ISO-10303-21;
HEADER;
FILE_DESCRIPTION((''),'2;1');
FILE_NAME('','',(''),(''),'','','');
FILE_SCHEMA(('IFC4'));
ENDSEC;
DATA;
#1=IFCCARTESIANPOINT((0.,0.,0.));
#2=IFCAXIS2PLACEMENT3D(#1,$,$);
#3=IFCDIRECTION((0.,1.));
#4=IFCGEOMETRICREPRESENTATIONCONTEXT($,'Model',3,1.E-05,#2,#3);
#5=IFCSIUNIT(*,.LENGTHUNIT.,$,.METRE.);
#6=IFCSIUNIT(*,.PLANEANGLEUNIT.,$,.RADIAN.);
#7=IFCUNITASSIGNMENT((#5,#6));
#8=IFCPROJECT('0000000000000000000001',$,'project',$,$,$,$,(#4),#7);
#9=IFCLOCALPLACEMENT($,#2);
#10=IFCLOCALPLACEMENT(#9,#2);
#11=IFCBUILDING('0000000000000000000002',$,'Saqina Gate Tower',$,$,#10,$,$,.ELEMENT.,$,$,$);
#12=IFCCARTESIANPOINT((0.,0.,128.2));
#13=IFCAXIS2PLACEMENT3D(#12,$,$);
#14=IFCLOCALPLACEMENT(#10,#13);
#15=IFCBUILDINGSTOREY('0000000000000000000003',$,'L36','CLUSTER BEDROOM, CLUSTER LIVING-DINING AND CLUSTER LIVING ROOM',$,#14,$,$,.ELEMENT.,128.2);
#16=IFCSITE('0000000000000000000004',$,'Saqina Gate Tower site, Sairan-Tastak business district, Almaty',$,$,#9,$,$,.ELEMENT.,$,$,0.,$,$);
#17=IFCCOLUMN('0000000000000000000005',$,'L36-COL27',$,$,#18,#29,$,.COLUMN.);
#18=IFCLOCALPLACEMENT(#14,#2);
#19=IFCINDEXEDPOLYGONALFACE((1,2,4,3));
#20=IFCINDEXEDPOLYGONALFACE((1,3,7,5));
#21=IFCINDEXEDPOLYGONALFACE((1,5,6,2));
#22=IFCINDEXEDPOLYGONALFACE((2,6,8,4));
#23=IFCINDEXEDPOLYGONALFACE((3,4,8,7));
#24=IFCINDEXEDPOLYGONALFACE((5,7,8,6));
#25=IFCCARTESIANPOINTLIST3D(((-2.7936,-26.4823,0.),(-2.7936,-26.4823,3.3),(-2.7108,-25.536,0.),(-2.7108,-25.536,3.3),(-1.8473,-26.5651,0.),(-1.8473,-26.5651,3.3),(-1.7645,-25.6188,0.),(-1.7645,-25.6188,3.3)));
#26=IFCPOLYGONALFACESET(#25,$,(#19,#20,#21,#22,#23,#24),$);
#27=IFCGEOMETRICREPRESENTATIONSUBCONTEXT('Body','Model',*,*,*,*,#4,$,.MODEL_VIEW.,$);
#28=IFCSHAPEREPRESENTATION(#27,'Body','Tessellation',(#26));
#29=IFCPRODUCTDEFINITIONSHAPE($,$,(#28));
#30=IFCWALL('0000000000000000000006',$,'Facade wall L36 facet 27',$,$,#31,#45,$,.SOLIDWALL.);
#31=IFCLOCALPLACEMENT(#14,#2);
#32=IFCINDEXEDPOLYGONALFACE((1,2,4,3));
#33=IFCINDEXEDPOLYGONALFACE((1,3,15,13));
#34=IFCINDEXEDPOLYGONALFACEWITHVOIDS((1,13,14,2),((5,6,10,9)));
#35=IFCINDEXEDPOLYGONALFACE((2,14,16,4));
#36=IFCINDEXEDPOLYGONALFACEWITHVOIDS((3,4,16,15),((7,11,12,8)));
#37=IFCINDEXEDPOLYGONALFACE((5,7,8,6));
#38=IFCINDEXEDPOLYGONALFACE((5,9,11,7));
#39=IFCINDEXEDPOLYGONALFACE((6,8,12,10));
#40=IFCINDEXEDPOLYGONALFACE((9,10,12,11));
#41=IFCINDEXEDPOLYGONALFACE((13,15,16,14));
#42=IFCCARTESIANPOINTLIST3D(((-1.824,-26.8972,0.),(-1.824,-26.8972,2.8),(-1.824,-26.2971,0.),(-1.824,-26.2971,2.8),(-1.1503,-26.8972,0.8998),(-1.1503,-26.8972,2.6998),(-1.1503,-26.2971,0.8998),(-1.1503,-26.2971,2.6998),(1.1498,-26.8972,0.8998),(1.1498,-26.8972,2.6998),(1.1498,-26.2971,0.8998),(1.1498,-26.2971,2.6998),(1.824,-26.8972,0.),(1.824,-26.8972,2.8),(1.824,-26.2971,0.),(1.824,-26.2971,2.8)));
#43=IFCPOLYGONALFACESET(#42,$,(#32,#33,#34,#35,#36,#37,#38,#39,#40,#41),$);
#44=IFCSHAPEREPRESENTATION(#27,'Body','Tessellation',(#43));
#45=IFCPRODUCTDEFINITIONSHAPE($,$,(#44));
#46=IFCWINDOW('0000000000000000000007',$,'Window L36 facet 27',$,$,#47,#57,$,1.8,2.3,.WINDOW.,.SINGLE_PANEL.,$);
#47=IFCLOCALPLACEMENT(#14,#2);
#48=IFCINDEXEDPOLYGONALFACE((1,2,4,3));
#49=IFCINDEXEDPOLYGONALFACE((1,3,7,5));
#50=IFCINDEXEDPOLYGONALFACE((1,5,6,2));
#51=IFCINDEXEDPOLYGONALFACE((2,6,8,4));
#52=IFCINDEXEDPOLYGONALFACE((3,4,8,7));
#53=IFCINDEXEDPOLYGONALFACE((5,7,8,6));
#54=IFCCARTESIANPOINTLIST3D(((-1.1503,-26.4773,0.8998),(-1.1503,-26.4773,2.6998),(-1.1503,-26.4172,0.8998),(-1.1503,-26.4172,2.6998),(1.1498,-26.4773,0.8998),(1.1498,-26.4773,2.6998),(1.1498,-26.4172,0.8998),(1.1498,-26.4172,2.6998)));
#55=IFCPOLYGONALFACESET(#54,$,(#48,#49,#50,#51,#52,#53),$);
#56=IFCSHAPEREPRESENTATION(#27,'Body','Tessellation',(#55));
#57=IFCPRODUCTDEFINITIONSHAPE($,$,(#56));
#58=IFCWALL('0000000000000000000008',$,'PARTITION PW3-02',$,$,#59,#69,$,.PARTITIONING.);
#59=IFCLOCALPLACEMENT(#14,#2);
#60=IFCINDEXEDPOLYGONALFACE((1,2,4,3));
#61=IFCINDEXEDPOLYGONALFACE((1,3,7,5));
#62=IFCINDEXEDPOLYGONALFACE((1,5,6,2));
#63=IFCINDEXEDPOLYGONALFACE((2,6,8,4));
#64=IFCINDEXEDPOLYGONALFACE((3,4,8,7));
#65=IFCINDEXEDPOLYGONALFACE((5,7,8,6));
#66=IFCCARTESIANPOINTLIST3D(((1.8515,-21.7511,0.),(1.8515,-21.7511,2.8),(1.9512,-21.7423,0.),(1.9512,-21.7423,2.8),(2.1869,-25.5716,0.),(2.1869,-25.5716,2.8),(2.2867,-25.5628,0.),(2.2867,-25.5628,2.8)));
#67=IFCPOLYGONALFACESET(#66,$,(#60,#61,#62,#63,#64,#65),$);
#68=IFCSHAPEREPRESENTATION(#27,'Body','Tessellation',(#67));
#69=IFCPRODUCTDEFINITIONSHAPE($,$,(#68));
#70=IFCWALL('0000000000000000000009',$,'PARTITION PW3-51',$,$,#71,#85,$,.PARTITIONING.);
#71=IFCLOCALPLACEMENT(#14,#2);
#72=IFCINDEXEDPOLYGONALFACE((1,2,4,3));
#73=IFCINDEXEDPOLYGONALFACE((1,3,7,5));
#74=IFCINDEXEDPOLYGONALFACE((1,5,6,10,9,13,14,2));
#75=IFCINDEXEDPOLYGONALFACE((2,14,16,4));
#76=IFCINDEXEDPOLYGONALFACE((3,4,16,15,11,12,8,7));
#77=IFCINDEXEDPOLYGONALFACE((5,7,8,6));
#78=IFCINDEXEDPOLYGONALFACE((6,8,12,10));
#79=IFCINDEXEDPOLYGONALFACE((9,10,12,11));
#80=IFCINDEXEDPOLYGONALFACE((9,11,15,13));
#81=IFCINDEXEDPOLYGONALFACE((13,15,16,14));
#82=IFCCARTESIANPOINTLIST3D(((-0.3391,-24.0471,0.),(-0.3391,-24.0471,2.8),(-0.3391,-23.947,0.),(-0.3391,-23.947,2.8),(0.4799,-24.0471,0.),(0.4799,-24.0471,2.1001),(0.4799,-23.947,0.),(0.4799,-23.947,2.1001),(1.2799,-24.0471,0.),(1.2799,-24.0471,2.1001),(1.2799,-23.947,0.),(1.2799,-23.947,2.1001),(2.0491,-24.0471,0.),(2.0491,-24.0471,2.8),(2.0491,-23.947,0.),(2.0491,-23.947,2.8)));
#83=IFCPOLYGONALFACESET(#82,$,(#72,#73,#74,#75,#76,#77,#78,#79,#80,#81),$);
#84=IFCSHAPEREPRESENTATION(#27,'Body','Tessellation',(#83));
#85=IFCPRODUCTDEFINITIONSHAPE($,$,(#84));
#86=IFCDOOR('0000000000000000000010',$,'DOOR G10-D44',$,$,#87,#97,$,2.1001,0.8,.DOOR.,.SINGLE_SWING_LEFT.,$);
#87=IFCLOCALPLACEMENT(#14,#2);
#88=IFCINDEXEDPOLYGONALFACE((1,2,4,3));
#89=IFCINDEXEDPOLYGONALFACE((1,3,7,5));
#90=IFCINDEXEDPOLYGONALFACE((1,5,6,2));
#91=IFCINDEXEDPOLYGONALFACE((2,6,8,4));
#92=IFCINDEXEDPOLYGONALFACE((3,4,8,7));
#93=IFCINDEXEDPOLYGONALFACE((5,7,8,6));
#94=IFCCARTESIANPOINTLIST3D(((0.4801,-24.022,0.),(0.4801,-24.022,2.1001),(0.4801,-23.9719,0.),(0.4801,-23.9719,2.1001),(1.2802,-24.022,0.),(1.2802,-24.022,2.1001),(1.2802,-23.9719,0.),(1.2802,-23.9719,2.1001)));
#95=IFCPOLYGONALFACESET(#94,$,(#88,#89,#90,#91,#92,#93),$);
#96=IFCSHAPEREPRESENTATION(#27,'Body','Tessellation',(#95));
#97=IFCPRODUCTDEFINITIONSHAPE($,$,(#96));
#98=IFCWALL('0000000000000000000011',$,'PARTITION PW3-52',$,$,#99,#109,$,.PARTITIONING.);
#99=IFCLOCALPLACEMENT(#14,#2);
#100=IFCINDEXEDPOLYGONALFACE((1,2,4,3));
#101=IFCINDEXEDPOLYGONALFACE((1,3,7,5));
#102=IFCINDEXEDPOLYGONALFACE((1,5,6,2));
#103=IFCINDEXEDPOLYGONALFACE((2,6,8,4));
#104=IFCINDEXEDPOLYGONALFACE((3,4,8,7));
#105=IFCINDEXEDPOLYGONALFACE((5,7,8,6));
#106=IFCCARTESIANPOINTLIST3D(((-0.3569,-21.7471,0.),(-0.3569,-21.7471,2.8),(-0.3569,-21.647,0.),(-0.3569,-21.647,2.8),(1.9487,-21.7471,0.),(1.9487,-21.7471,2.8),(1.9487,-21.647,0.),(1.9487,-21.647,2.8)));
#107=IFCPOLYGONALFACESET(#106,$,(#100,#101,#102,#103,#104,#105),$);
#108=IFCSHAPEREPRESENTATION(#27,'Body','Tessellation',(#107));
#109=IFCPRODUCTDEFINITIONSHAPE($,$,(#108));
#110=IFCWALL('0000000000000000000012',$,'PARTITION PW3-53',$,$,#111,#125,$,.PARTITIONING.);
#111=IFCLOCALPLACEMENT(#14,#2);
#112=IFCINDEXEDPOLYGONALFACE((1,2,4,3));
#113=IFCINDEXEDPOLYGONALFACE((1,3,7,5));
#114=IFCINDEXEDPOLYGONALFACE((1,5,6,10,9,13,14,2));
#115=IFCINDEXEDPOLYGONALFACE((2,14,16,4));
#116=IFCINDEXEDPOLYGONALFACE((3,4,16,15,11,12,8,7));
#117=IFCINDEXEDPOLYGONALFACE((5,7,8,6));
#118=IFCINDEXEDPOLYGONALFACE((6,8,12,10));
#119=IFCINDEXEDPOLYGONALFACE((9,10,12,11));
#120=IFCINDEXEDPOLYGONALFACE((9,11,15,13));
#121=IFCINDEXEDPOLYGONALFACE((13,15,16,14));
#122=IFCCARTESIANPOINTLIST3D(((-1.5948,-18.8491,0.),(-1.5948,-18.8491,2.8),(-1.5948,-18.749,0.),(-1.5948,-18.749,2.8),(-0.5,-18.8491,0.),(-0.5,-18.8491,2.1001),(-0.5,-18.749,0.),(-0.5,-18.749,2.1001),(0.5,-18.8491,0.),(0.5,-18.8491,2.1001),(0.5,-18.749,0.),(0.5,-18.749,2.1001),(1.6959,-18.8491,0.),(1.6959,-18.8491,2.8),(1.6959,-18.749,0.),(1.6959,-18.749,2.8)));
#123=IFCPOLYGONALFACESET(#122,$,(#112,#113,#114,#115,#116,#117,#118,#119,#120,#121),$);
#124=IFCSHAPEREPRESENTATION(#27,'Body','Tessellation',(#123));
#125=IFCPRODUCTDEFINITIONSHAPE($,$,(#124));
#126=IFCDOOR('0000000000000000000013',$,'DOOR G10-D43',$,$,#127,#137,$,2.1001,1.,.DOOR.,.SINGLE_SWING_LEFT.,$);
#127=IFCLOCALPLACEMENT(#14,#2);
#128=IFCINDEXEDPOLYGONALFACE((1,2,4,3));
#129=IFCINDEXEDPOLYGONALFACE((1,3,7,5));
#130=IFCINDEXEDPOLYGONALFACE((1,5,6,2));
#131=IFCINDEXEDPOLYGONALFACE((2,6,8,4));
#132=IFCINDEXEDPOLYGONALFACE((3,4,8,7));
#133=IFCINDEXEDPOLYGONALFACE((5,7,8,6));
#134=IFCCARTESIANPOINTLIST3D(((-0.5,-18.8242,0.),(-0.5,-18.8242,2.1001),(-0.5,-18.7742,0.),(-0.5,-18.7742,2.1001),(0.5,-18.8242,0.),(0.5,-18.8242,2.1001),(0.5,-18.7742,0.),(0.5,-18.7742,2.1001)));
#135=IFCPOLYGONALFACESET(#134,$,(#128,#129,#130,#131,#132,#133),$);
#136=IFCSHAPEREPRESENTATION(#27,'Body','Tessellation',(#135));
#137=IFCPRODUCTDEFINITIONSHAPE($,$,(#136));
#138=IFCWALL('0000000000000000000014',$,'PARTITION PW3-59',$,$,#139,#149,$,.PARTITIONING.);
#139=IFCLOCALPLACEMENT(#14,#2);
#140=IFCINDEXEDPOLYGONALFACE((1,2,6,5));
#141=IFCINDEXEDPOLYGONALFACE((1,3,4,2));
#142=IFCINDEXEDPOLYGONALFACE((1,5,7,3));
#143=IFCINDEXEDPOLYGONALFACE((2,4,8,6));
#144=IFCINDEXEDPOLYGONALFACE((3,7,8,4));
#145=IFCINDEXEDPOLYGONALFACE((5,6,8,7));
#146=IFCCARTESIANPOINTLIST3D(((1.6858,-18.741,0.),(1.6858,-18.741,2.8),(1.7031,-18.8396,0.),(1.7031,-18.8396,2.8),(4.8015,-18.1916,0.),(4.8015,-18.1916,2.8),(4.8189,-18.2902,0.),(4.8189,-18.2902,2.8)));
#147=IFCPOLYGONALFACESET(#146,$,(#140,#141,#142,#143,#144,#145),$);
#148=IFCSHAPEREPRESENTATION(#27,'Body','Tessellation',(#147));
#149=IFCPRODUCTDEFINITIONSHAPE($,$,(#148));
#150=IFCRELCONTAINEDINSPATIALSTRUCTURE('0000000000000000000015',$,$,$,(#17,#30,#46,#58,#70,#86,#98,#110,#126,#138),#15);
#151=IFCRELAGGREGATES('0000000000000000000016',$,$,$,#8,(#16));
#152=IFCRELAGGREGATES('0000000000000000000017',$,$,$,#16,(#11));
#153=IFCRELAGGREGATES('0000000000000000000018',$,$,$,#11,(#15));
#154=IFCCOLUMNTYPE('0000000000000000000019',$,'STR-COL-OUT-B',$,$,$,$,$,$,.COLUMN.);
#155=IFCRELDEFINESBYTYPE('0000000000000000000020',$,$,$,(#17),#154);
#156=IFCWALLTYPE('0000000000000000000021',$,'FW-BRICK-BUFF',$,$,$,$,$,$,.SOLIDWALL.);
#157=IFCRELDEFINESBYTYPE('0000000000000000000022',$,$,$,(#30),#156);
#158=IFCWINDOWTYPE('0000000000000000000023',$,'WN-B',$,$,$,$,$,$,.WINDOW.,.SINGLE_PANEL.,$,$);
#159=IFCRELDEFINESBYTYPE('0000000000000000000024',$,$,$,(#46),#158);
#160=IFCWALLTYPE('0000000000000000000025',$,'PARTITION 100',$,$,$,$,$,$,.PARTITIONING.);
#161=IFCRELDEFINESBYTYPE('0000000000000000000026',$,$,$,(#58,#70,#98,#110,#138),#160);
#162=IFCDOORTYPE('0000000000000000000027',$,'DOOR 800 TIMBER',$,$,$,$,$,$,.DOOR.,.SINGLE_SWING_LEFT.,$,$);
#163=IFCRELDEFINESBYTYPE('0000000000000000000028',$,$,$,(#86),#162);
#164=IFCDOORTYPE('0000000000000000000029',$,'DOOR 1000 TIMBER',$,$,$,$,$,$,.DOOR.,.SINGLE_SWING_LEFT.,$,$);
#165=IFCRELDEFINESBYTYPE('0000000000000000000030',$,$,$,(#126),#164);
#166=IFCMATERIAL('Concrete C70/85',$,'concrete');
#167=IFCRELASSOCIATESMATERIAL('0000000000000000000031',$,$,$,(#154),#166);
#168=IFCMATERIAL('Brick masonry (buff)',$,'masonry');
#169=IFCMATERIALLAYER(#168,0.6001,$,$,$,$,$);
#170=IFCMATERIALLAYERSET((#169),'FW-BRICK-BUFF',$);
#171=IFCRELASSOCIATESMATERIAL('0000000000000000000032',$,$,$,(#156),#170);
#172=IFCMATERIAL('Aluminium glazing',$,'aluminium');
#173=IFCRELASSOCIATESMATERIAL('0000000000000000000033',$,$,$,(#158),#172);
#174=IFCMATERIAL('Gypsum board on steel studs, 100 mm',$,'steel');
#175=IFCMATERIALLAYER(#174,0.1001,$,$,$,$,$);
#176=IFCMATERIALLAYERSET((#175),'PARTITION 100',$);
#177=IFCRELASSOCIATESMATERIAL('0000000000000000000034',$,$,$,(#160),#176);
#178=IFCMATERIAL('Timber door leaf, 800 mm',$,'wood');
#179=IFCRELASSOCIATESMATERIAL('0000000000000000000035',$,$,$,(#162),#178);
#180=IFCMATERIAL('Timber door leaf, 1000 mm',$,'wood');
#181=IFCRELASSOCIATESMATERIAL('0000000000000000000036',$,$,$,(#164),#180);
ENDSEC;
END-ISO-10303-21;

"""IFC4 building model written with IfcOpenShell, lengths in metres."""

from ifc_helpers import new_model, si_unit, direction, frame, frame_2d, origin, origin_2d, place, context, subcontext, project, spatial, rectangle, extrude, material, layer, layer_set, material_profile, profile_set, type_object, element, fill, save


model = new_model("IFC4")

# Units and contexts
model_context = context("Model", 3, precision=1e-05, world=origin(), true_north=direction((0.0, 1.0)))
body_context = subcontext(model_context, "Body", "Model", "MODEL_VIEW")
ifc_project = project(units=[si_unit("LENGTHUNIT", "METRE"), si_unit("PLANEANGLEUNIT", "RADIAN")], contexts=[model_context])

# Site, building, storey
site_placement = place(None, origin())
site = spatial("IfcSite", under=ifc_project, at=site_placement, Name="Saqina Gate Tower site, Sairan-Tastak business district, Almaty", CompositionType="ELEMENT", RefElevation=0.0)
building_placement = place(site_placement, origin())
building = spatial("IfcBuilding", under=site, at=building_placement, Name="Saqina Gate Tower", CompositionType="ELEMENT")
storey_placement = place(building_placement, frame((0.0, 0.0, 128.2)))
storey = spatial("IfcBuildingStorey", under=building, at=storey_placement, Name="L36", Description="CLUSTER BEDROOM, CLUSTER LIVING-DINING AND CLUSTER LIVING ROOM", CompositionType="ELEMENT", Elevation=128.2)

# Column
ifc_material_1 = material(Name="Concrete C70/85", Category="concrete")
ifc_material_profile = material_profile(ifc_material_1, rectangle(XDim=0.95, YDim=0.95, at=origin_2d()), Name="RC 950x950")
ifc_profile_set = profile_set([ifc_material_profile], Name="Concrete C70/85")
column_type = type_object("IfcColumnType", Name="STR-COL-OUT-B", PredefinedType="COLUMN", material=ifc_profile_set)
column_placement = place(storey_placement, frame((-2.2791, -26.0505, 0.0), z_axis=(0.0, 0.0, 1.0), x_axis=(-0.087156, -0.996195, 0.0)))
element("IfcColumn", 1, at=column_placement, inside=storey, type_object=column_type, Name="L36-COL27", PredefinedType="COLUMN", context=body_context, shape_type="SweptSolid", body=[
    extrude(rectangle(XDim=0.95, YDim=0.95, at=origin_2d()), origin(), (0.0, 0.0, 1.0), 3.3),
])

# Wall, opening, window
ifc_material_2 = material(Name="Brick masonry (buff)", Category="masonry")
ifc_layer_1 = layer(ifc_material_2, 0.6001)
ifc_layer_set_1 = layer_set([ifc_layer_1], Name="FW-BRICK-BUFF")
wall_type_1 = type_object("IfcWallType", Name="FW-BRICK-BUFF", PredefinedType="SOLIDWALL", material=ifc_layer_set_1)
wall_1_placement = place(storey_placement, frame((-1.824, -26.5972, 0.0), z_axis=(0.0, 0.0, 1.0), x_axis=(1.0, 0.0, 0.0)))
wall_1 = element("IfcWall", 2, at=wall_1_placement, inside=storey, type_object=wall_type_1, Name="Facade wall L36 facet 27", PredefinedType="SOLIDWALL", context=body_context, shape_type="SweptSolid", body=[
    extrude(rectangle(XDim=3.6479, YDim=0.6001, at=frame_2d((1.824, 0.0))), origin(), (0.0, 0.0, 1.0), 2.8),
])
opening_1_placement = place(wall_1_placement, frame((0.6738, 0.0, 0.8999)))
opening_1 = element("IfcOpeningElement", 3, at=opening_1_placement, cuts=wall_1, PredefinedType="OPENING", context=body_context, shape_type="SweptSolid", body=[
    extrude(rectangle(XDim=2.3, YDim=1.8, at=frame_2d((1.1499, 0.8999))), frame((0.0, 0.312, 0.0), z_axis=(0.0, -1.0, 0.0), x_axis=(1.0, 0.0, 0.0)), (0.0, 0.0, 1.0), 0.624),
])
ifc_material_3 = material(Name="Aluminium glazing", Category="aluminium")
window_type = type_object("IfcWindowType", Name="WN-B", PartitioningType="SINGLE_PANEL", PredefinedType="WINDOW", material=ifc_material_3)
window_placement = place(opening_1_placement, origin())
window = element("IfcWindow", 4, at=window_placement, inside=storey, type_object=window_type, Name="Window L36 facet 27", OverallHeight=1.8, OverallWidth=2.3, PartitioningType="SINGLE_PANEL", PredefinedType="WINDOW", context=body_context, shape_type="SweptSolid", body=[
    extrude(rectangle(XDim=2.3, YDim=1.8, at=frame_2d((1.1499, 0.8999))), frame((0.0, 0.1799, 0.0), z_axis=(0.0, -1.0, 0.0), x_axis=(1.0, 0.0, 0.0)), (0.0, 0.0, 1.0), 0.0601),
])
fill(opening_1, window)

# Wall
ifc_material_4 = material(Name="Gypsum board on steel studs, 100 mm", Category="steel")
ifc_layer_2 = layer(ifc_material_4, 0.1001)
ifc_layer_set_2 = layer_set([ifc_layer_2], Name="PARTITION 100")
wall_type_2 = type_object("IfcWallType", Name="PARTITION 100", PredefinedType="PARTITIONING", material=ifc_layer_set_2)
wall_2_placement = place(storey_placement, frame((1.9014, -21.7468, 0.0), z_axis=(0.0, 0.0, 1.0), x_axis=(0.087465, -0.996168, 0.0)))
element("IfcWall", 5, at=wall_2_placement, inside=storey, type_object=wall_type_2, Name="PARTITION PW3-02", PredefinedType="PARTITIONING", context=body_context, shape_type="SweptSolid", body=[
    extrude(rectangle(XDim=3.8352, YDim=0.1001, at=frame_2d((1.9175, 0.0))), origin(), (0.0, 0.0, 1.0), 2.8),
])

# Wall, opening, door
wall_3_placement = place(storey_placement, frame((-0.3391, -23.9971, 0.0), z_axis=(0.0, 0.0, 1.0), x_axis=(1.0, 0.0, 0.0)))
wall_3 = element("IfcWall", 6, at=wall_3_placement, inside=storey, type_object=wall_type_2, Name="PARTITION PW3-51", PredefinedType="PARTITIONING", context=body_context, shape_type="SweptSolid", body=[
    extrude(rectangle(XDim=2.3882, YDim=0.1001, at=frame_2d((1.1941, 0.0))), origin(), (0.0, 0.0, 1.0), 2.8),
])
opening_2_placement = place(wall_3_placement, frame((0.8191, 0.0, 0.0)))
opening_2 = element("IfcOpeningElement", 7, at=opening_2_placement, cuts=wall_3, PredefinedType="OPENING", context=body_context, shape_type="SweptSolid", body=[
    extrude(rectangle(XDim=0.8, YDim=2.1001, at=frame_2d((0.3999, 1.05))), frame((0.0, 0.062, 0.0), z_axis=(0.0, -1.0, 0.0), x_axis=(1.0, 0.0, 0.0)), (0.0, 0.0, 1.0), 0.124),
])
ifc_material_5 = material(Name="Timber door leaf, 800 mm", Category="wood")
door_type_1 = type_object("IfcDoorType", Name="DOOR 800 TIMBER", OperationType="SINGLE_SWING_LEFT", PredefinedType="DOOR", material=ifc_material_5)
door_1_placement = place(opening_2_placement, frame((0.8, 0.0, 0.0), z_axis=(0.0, 0.0, 1.0), x_axis=(-1.0, 0.0, 0.0)))
door_1 = element("IfcDoor", 8, at=door_1_placement, inside=storey, type_object=door_type_1, Name="DOOR G10-D44", OperationType="SINGLE_SWING_LEFT", OverallHeight=2.1001, OverallWidth=0.8, PredefinedType="DOOR", context=body_context, shape_type="SweptSolid", body=[
    extrude(rectangle(XDim=0.8, YDim=2.1001, at=frame_2d((0.3999, 1.05))), frame((0.0, 0.0249, 0.0), z_axis=(0.0, -1.0, 0.0), x_axis=(1.0, 0.0, 0.0)), (0.0, 0.0, 1.0), 0.05),
])
fill(opening_2, door_1)

# Wall
wall_4_placement = place(storey_placement, frame((-0.3569, -21.697, 0.0), z_axis=(0.0, 0.0, 1.0), x_axis=(1.0, 0.0, 0.0)))
element("IfcWall", 9, at=wall_4_placement, inside=storey, type_object=wall_type_2, Name="PARTITION PW3-52", PredefinedType="PARTITIONING", context=body_context, shape_type="SweptSolid", body=[
    extrude(rectangle(XDim=2.3057, YDim=0.1001, at=frame_2d((1.1528, 0.0))), origin(), (0.0, 0.0, 1.0), 2.8),
])

# Wall, opening, door
wall_5_placement = place(storey_placement, frame((-1.595, -18.7991, 0.0), z_axis=(0.0, 0.0, 1.0), x_axis=(1.0, 0.0, 0.0)))
wall_5 = element("IfcWall", 10, at=wall_5_placement, inside=storey, type_object=wall_type_2, Name="PARTITION PW3-53", PredefinedType="PARTITIONING", context=body_context, shape_type="SweptSolid", body=[
    extrude(rectangle(XDim=3.2908, YDim=0.1001, at=frame_2d((1.6455, 0.0))), origin(), (0.0, 0.0, 1.0), 2.8),
])
opening_3_placement = place(wall_5_placement, frame((1.095, 0.0, 0.0)))
opening_3 = element("IfcOpeningElement", 11, at=opening_3_placement, cuts=wall_5, PredefinedType="OPENING", context=body_context, shape_type="SweptSolid", body=[
    extrude(rectangle(XDim=1.0, YDim=2.1001, at=frame_2d((0.5, 1.05))), frame((0.0, 0.062, 0.0), z_axis=(0.0, -1.0, 0.0), x_axis=(1.0, 0.0, 0.0)), (0.0, 0.0, 1.0), 0.124),
])
ifc_material_6 = material(Name="Timber door leaf, 1000 mm", Category="wood")
door_type_2 = type_object("IfcDoorType", Name="DOOR 1000 TIMBER", OperationType="SINGLE_SWING_LEFT", PredefinedType="DOOR", material=ifc_material_6)
door_2_placement = place(opening_3_placement, origin())
door_2 = element("IfcDoor", 12, at=door_2_placement, inside=storey, type_object=door_type_2, Name="DOOR G10-D43", OperationType="SINGLE_SWING_LEFT", OverallHeight=2.1001, OverallWidth=1.0, PredefinedType="DOOR", context=body_context, shape_type="SweptSolid", body=[
    extrude(rectangle(XDim=1.0, YDim=2.1001, at=frame_2d((0.5, 1.05))), frame((0.0, 0.0249, 0.0), z_axis=(0.0, -1.0, 0.0), x_axis=(1.0, 0.0, 0.0)), (0.0, 0.0, 1.0), 0.05),
])
fill(opening_3, door_2)

# Wall
wall_6_placement = place(storey_placement, frame((1.6943, -18.7903, 0.0), z_axis=(0.0, 0.0, 1.0), x_axis=(0.984812, 0.173627, 0.0)))
element("IfcWall", 13, at=wall_6_placement, inside=storey, type_object=wall_type_2, Name="PARTITION PW3-59", PredefinedType="PARTITIONING", context=body_context, shape_type="SweptSolid", body=[
    extrude(rectangle(XDim=3.1638, YDim=0.1001, at=frame_2d((1.582, 0.0))), origin(), (0.0, 0.0, 1.0), 2.8),
])

save(model, "model.ifc")
